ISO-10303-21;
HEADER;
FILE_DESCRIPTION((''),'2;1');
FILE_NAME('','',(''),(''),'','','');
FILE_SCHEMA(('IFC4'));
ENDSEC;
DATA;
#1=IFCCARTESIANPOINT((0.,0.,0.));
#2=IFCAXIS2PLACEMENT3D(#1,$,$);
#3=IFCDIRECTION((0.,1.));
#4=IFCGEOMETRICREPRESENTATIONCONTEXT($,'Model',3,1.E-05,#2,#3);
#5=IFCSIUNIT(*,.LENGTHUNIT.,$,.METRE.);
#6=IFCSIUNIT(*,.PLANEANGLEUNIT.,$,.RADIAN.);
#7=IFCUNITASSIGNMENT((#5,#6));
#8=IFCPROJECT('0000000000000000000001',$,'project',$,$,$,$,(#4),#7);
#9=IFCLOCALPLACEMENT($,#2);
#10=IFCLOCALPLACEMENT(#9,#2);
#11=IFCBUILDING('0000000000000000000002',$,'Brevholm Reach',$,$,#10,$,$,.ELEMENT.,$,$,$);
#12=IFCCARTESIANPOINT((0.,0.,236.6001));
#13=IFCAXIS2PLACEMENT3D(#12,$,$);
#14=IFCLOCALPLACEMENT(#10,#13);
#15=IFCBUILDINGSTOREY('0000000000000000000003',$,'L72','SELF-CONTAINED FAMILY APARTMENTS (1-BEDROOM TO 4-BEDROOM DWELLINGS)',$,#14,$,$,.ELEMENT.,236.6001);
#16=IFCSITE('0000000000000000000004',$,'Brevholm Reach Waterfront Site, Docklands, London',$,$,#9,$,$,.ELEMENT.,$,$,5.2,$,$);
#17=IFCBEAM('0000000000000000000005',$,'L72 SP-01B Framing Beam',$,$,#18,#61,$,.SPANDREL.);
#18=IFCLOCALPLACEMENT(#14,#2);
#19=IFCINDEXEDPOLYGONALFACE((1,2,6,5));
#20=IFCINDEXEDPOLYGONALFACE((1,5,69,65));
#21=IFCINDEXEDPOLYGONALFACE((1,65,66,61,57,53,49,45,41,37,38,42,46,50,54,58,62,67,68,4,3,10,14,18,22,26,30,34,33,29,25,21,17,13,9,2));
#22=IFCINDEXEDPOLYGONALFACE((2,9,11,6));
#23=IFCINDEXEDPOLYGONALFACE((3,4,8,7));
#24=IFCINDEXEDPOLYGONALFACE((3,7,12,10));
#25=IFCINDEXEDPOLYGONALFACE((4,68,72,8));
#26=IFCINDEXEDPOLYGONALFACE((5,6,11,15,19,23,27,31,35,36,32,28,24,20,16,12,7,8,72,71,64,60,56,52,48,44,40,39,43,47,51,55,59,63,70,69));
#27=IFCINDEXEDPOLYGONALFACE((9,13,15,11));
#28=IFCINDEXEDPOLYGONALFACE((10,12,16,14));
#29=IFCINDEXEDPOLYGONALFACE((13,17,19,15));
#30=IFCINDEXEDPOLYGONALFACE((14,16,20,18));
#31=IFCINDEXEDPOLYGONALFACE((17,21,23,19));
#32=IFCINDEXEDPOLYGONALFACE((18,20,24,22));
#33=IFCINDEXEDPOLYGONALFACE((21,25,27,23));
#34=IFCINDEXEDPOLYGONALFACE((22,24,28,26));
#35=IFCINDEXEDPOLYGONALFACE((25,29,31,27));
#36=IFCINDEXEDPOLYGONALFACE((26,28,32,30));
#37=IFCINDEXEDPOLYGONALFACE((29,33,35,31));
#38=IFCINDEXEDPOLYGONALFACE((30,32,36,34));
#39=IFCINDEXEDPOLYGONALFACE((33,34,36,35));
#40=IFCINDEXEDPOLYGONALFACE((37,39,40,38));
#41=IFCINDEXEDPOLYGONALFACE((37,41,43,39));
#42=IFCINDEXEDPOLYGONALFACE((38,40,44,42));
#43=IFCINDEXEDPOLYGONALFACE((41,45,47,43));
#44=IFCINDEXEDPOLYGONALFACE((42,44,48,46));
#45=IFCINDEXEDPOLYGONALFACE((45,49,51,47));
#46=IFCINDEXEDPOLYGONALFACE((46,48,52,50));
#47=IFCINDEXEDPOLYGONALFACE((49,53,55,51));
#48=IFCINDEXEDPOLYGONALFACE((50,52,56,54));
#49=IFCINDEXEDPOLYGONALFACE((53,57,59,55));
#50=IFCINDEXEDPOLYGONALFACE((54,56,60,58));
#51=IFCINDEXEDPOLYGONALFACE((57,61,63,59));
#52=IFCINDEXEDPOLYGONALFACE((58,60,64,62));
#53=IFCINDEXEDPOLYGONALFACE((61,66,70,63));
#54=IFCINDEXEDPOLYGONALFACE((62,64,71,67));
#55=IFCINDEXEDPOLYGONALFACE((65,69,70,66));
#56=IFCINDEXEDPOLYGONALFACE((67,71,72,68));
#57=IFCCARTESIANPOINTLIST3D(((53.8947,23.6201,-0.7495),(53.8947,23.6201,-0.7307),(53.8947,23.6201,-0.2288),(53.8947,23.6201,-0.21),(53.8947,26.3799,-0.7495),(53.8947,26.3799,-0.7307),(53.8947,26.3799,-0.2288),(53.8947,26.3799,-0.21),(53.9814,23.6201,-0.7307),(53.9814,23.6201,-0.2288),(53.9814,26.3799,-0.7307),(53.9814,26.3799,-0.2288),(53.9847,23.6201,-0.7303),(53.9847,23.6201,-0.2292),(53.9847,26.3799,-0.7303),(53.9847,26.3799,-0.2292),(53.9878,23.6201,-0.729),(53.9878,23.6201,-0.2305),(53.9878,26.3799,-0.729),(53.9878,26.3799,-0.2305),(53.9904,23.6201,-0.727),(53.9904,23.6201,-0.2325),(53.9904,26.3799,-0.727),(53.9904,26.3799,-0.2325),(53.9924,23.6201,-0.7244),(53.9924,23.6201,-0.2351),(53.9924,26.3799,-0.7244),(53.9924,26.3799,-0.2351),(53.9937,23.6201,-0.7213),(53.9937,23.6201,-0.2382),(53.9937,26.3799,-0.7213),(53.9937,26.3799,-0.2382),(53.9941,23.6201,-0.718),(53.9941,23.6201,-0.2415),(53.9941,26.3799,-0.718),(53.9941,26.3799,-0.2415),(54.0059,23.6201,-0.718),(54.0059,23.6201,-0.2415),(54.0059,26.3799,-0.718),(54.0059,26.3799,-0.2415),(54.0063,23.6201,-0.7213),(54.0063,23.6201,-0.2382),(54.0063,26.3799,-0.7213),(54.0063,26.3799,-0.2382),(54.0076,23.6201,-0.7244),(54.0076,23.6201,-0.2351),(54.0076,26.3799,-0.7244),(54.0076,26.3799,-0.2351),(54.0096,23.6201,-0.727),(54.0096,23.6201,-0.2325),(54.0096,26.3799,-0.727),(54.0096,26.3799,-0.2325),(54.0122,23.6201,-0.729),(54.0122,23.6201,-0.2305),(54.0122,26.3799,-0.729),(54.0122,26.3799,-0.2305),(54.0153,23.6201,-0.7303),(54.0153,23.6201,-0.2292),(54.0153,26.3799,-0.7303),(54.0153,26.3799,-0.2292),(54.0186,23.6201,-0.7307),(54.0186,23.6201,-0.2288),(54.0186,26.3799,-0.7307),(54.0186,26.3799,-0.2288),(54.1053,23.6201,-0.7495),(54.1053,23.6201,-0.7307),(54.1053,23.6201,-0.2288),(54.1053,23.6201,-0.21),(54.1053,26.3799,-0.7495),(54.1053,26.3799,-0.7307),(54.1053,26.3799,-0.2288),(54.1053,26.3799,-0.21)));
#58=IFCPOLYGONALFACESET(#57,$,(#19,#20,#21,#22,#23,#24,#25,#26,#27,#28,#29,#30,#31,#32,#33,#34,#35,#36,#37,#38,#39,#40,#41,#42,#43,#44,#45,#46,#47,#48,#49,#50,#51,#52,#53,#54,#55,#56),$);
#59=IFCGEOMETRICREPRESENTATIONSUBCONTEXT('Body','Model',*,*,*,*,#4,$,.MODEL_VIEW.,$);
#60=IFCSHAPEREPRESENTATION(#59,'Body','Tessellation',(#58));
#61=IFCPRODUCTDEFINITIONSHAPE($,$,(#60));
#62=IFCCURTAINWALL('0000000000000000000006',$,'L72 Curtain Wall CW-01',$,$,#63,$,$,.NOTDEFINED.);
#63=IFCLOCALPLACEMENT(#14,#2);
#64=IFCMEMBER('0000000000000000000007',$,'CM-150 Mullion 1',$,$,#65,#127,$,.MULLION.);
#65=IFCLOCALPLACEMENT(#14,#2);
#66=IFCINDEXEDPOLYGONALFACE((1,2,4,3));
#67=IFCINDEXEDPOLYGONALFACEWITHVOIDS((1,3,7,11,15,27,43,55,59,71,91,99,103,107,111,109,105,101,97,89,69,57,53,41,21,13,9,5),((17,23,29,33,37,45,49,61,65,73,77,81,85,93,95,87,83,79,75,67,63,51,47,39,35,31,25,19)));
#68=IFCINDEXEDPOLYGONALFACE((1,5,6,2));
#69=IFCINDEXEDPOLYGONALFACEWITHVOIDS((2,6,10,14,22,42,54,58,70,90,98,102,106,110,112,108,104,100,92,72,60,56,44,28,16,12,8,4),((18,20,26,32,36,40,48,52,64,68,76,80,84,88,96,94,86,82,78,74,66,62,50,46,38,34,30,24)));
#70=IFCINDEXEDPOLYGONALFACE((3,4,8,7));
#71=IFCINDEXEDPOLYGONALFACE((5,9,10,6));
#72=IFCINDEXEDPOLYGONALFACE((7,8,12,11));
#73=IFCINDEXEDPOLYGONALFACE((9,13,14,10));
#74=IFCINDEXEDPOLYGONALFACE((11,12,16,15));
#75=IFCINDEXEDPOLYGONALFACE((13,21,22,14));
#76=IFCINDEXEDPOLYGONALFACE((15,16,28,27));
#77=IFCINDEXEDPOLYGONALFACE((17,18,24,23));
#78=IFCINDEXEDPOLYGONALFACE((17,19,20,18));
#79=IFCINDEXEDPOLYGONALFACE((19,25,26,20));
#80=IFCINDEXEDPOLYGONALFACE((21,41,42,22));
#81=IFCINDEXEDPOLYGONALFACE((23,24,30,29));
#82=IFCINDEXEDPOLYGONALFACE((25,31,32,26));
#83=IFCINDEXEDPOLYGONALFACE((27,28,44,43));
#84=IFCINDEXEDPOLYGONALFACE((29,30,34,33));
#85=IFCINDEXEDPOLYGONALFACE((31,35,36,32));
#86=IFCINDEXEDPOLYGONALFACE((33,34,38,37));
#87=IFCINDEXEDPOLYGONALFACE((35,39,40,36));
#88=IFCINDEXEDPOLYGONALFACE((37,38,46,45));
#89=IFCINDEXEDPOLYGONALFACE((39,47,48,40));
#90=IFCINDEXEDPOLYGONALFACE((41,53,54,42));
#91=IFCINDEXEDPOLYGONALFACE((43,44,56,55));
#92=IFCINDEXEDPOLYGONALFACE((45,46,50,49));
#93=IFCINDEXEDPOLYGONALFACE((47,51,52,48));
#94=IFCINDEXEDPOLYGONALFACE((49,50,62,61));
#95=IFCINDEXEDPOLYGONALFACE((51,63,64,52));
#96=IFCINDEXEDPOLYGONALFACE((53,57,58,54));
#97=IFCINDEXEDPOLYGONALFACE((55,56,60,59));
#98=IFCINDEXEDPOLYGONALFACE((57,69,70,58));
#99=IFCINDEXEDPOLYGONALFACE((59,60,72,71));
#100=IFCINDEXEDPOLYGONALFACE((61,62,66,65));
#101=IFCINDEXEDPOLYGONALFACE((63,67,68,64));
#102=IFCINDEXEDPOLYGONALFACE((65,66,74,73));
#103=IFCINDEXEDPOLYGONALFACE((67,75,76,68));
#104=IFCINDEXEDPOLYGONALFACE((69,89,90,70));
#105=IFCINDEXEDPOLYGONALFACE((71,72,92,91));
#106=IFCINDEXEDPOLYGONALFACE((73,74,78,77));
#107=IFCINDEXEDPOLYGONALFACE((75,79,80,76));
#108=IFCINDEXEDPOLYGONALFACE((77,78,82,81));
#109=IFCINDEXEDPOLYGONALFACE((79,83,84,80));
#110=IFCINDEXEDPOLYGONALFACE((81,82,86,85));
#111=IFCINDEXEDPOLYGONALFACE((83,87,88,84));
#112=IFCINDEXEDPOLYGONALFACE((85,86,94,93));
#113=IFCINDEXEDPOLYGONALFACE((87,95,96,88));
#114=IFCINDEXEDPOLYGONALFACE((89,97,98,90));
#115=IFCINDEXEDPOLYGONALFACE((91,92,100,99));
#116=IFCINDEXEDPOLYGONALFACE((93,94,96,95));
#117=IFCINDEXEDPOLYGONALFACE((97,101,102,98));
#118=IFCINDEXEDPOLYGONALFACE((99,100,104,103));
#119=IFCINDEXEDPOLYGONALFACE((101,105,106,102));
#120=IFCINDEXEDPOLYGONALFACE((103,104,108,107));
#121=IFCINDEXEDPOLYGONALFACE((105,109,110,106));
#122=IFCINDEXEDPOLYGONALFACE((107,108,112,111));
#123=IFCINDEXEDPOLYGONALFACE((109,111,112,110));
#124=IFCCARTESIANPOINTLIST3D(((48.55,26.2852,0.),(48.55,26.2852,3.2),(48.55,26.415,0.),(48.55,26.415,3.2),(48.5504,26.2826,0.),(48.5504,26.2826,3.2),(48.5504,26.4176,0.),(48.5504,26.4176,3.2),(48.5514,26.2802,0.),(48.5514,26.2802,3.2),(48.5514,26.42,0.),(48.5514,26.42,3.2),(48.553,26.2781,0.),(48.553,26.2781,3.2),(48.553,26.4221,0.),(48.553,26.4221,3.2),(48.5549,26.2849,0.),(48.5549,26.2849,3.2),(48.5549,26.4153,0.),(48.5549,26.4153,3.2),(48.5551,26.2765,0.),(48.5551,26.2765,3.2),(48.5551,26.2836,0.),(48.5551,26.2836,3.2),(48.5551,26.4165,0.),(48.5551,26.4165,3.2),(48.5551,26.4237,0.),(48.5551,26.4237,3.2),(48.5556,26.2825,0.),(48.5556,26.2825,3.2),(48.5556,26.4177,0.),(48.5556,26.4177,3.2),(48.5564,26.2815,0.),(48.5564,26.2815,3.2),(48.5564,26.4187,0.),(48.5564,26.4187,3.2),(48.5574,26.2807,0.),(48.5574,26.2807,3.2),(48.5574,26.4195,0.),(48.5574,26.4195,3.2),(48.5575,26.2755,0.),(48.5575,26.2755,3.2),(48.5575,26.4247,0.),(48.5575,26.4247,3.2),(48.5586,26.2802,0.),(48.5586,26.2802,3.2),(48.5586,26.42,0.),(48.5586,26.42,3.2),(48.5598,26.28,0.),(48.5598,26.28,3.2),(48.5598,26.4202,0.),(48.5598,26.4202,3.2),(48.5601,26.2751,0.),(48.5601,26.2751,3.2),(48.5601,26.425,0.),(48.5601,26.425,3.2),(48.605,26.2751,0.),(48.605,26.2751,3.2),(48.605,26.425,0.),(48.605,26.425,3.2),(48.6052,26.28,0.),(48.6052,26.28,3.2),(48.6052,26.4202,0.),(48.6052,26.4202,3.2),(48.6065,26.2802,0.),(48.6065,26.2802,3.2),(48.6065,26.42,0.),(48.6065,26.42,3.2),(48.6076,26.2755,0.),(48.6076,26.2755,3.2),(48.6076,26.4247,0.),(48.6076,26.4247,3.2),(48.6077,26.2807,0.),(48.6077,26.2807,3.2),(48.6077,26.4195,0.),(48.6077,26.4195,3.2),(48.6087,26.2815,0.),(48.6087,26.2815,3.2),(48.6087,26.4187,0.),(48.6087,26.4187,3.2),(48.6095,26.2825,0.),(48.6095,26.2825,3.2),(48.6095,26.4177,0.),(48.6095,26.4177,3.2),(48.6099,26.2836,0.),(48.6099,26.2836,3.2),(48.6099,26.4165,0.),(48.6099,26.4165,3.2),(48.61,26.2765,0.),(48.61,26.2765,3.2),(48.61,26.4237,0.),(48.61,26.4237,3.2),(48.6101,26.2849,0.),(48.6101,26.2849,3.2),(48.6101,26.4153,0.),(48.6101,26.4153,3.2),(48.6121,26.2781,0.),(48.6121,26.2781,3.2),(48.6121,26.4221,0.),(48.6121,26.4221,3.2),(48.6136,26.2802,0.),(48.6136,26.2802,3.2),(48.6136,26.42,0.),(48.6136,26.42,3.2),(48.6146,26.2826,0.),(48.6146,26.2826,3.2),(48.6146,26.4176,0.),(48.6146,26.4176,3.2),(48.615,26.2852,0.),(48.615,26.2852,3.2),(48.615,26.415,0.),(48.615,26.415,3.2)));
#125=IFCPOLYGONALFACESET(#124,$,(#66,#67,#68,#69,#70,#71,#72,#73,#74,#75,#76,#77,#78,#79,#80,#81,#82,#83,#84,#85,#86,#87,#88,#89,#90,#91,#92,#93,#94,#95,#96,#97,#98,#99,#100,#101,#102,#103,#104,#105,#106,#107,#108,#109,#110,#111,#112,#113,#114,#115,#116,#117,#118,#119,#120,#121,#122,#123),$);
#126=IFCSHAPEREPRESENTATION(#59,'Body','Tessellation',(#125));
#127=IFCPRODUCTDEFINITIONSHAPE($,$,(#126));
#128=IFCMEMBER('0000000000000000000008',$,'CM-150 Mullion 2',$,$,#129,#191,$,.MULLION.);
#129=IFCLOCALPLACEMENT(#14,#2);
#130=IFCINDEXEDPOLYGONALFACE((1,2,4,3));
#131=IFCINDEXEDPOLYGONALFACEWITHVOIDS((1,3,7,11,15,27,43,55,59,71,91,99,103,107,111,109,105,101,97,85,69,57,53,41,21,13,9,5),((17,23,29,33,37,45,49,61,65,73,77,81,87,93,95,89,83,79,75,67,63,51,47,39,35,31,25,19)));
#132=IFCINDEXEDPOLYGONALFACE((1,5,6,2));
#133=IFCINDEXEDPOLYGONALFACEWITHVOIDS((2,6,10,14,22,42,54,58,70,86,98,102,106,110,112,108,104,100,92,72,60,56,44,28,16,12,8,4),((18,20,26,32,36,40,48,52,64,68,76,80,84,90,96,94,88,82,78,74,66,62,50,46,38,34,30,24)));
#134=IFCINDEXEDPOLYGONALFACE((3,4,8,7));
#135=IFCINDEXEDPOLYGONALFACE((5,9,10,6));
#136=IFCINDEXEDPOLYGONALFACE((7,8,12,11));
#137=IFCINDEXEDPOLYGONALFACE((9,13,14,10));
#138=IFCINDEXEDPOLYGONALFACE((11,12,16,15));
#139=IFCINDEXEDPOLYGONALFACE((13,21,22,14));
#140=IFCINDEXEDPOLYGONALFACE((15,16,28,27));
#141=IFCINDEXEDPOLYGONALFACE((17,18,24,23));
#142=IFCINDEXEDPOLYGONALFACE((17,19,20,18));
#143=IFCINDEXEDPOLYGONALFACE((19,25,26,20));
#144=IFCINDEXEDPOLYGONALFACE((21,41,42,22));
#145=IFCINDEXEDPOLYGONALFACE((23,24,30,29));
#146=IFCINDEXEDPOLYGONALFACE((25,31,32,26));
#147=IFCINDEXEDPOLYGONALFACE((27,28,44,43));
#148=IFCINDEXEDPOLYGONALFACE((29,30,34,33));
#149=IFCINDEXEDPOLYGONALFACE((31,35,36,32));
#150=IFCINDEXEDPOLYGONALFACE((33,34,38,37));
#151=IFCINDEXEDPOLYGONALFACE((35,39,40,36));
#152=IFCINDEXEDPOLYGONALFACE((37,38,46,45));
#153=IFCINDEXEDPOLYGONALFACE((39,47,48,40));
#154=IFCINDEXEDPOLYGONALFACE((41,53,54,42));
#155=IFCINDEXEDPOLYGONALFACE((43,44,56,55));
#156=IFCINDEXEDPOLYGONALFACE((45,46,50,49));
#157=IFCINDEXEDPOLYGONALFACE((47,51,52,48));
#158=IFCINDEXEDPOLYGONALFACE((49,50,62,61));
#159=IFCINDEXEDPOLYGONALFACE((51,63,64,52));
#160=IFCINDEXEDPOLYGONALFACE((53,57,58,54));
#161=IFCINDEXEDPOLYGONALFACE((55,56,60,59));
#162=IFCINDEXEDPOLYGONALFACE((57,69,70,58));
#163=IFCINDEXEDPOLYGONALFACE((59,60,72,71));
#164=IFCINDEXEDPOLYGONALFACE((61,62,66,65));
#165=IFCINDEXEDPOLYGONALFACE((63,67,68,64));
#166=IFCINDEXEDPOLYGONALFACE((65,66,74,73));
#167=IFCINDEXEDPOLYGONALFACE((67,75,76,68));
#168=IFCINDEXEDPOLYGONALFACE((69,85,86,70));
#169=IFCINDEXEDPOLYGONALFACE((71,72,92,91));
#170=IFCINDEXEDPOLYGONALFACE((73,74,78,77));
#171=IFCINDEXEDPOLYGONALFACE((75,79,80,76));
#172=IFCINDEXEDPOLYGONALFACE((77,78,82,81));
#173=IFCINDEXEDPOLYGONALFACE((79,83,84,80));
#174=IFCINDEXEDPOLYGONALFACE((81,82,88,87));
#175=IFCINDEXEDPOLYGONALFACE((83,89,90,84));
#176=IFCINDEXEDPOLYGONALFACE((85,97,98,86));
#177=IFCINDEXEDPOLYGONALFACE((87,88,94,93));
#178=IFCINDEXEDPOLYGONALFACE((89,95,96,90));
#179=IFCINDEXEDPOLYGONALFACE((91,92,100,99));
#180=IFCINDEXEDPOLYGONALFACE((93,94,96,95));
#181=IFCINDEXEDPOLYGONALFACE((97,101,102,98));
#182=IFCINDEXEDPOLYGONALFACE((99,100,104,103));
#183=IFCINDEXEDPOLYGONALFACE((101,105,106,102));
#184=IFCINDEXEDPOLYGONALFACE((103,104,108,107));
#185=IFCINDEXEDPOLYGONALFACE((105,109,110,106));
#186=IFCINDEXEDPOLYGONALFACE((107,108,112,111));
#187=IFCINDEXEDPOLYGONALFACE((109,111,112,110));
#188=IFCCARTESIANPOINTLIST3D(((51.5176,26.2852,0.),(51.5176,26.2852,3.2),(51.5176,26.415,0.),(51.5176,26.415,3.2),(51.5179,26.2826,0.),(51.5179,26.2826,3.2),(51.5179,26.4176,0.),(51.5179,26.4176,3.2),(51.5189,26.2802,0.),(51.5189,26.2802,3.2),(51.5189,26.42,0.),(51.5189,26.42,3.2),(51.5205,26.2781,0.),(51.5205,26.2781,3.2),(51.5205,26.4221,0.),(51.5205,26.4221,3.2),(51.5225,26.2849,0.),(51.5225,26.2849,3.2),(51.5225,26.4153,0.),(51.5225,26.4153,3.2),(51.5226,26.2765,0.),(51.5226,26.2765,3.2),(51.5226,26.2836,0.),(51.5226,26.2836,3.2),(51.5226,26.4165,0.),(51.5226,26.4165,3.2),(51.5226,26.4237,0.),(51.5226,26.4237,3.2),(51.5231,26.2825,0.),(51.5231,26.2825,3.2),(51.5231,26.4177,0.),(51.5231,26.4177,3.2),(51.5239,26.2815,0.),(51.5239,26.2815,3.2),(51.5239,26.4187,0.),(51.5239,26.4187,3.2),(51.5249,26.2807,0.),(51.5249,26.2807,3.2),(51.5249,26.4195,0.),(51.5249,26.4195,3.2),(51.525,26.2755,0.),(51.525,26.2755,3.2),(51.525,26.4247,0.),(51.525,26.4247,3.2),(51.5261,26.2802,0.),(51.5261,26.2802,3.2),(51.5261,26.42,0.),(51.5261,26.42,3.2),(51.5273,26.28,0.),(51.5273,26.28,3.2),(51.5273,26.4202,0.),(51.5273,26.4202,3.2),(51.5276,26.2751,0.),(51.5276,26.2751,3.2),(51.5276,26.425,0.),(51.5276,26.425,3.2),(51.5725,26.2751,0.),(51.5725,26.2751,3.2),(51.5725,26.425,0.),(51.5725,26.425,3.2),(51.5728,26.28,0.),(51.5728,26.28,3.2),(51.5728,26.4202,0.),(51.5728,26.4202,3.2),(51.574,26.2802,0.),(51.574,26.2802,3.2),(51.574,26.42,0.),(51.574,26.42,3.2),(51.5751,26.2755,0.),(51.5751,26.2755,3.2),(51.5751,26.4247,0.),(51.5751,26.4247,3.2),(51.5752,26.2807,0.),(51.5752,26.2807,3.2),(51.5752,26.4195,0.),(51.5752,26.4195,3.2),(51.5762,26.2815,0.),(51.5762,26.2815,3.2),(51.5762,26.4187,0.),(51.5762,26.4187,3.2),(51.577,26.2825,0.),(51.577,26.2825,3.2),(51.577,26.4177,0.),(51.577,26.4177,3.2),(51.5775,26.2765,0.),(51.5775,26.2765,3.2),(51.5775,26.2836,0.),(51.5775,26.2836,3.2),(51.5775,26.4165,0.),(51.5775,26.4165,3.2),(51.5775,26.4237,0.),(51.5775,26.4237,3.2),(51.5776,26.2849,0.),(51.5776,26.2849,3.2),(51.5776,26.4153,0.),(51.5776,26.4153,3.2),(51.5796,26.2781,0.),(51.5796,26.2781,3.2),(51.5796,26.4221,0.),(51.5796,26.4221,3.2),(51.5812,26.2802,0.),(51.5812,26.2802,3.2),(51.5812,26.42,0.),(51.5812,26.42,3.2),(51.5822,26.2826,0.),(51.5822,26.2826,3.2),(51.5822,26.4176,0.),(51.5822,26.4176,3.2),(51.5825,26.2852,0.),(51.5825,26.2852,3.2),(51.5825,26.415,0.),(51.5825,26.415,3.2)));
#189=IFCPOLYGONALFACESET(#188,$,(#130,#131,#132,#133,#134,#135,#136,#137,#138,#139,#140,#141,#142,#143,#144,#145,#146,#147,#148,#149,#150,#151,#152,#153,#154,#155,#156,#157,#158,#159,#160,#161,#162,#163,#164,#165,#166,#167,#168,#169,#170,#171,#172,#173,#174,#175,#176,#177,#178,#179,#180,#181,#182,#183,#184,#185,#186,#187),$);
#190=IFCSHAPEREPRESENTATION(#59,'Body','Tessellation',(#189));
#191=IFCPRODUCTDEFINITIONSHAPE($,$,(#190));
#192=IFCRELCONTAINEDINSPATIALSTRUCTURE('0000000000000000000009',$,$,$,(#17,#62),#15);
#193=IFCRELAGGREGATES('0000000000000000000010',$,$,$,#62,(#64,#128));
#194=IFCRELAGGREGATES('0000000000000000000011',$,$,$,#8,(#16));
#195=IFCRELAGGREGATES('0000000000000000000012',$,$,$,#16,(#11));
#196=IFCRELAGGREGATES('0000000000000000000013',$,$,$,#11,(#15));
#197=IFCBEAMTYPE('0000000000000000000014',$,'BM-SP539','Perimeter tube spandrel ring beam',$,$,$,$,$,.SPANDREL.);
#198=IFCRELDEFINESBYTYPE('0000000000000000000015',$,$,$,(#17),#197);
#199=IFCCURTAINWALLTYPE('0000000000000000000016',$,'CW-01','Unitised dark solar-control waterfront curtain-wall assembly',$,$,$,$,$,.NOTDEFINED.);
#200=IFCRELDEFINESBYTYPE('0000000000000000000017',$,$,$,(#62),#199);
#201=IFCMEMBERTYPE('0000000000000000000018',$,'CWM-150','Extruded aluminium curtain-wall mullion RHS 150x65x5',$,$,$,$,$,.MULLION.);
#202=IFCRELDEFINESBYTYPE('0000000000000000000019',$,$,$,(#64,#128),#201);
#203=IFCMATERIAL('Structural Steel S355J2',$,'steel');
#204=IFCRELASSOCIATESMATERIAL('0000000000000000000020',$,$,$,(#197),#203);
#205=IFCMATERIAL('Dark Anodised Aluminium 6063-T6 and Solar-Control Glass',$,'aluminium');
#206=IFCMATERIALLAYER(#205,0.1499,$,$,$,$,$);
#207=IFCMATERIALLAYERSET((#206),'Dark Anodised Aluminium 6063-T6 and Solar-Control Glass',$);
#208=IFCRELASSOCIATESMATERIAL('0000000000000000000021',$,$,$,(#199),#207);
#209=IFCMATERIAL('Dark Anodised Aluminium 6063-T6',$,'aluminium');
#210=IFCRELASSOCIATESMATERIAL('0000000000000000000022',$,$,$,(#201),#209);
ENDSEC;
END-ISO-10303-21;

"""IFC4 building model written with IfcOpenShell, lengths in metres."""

from ifc_helpers import new_model, si_unit, direction, frame, origin, origin_2d, place, context, subcontext, project, spatial, hollow_rectangle, i_section, extrude, material, layer, layer_set, material_profile, profile_set, type_object, element, aggregate, save


model = new_model("IFC4")

# Units and contexts
model_context = context("Model", 3, precision=1e-05, world=origin(), true_north=direction((0.0, 1.0)))
body_context = subcontext(model_context, "Body", "Model", "MODEL_VIEW")
ifc_project = project(units=[si_unit("LENGTHUNIT", "METRE"), si_unit("PLANEANGLEUNIT", "RADIAN")], contexts=[model_context])

# Site, building, storey
site_placement = place(None, origin())
site = spatial("IfcSite", under=ifc_project, at=site_placement, Name="Brevholm Reach Waterfront Site, Docklands, London", CompositionType="ELEMENT", RefElevation=5.2)
building_placement = place(site_placement, origin())
building = spatial("IfcBuilding", under=site, at=building_placement, Name="Brevholm Reach", CompositionType="ELEMENT")
storey_placement = place(building_placement, frame((0.0, 0.0, 236.6001)))
storey = spatial("IfcBuildingStorey", under=building, at=storey_placement, Name="L72", Description="SELF-CONTAINED FAMILY APARTMENTS (1-BEDROOM TO 4-BEDROOM DWELLINGS)", CompositionType="ELEMENT", Elevation=236.6001)

# Beam
ifc_material_1 = material(Name="Structural Steel S355J2", Category="steel")
ifc_material_profile_1 = material_profile(ifc_material_1, i_section(OverallWidth=0.2107, OverallDepth=0.5396, WebThickness=0.0117, FlangeThickness=0.0188, FilletRadius=0.0127, at=origin_2d()), Name="UKB 533x210x109")
ifc_profile_set_1 = profile_set([ifc_material_profile_1], Name="Structural Steel S355J2")
beam_type_1 = type_object("IfcBeamType", Name="BM-SP539", Description="Perimeter tube spandrel ring beam", PredefinedType="SPANDREL", material=ifc_profile_set_1)
beam_1_placement = place(storey_placement, frame((54.0, 23.6201, -0.4797), z_axis=(0.0, 1.0, 0.0), x_axis=(-1.0, 0.0, 0.0)))
element("IfcBeam", 1, at=beam_1_placement, inside=storey, type_object=beam_type_1, Name="L72 SP-01B Framing Beam", PredefinedType="SPANDREL", context=body_context, shape_type="SweptSolid", body=[
    extrude(i_section(OverallWidth=0.2107, OverallDepth=0.5396, WebThickness=0.0117, FlangeThickness=0.0188, FilletRadius=0.0127, at=origin_2d()), origin(), (0.0, 0.0, 1.0), 2.7598),
])

# Curtain wall, members
ifc_material_2 = material(Name="Dark Anodised Aluminium 6063-T6 and Solar-Control Glass", Category="aluminium")
ifc_layer_1 = layer(ifc_material_2, 0.1499)
ifc_layer_set_1 = layer_set([ifc_layer_1], Name="Dark Anodised Aluminium 6063-T6 and Solar-Control Glass")
curtain_wall_type = type_object("IfcCurtainWallType", Name="CW-01", Description="Unitised dark solar-control waterfront curtain-wall assembly", PredefinedType="NOTDEFINED", material=ifc_layer_set_1)
curtain_wall_1_placement = place(storey_placement, origin())
curtain_wall_1 = element("IfcCurtainWall", 2, at=curtain_wall_1_placement, inside=storey, type_object=curtain_wall_type, Name="L72 Curtain Wall CW-01", PredefinedType="NOTDEFINED")
ifc_material_3 = material(Name="Dark Anodised Aluminium 6063-T6", Category="aluminium")
ifc_material_profile_2 = material_profile(ifc_material_3, hollow_rectangle(XDim=0.0649, YDim=0.1499, WallThickness=0.0049, InnerFilletRadius=0.0049, OuterFilletRadius=0.01, at=origin_2d()), Name="RHS 150x65x5")
ifc_profile_set_2 = profile_set([ifc_material_profile_2], Name="Dark Anodised Aluminium 6063-T6")
member_type_1 = type_object("IfcMemberType", Name="CWM-150", Description="Extruded aluminium curtain-wall mullion RHS 150x65x5", PredefinedType="MULLION", material=ifc_profile_set_2)
member_1_placement = place(storey_placement, frame((48.5825, 26.3501, 0.0), z_axis=(0.0, 0.0, 1.0), x_axis=(1.0, 0.0, 0.0)))
member_1 = element("IfcMember", 3, at=member_1_placement, type_object=member_type_1, Name="CM-150 Mullion 1", PredefinedType="MULLION", context=body_context, shape_type="SweptSolid", body=[
    extrude(hollow_rectangle(XDim=0.0649, YDim=0.1499, WallThickness=0.0049, InnerFilletRadius=0.0049, OuterFilletRadius=0.01, at=origin_2d()), origin(), (0.0, 0.0, 1.0), 3.2),
])
member_2_placement = place(storey_placement, frame((51.55, 26.3501, 0.0), z_axis=(0.0, 0.0, 1.0), x_axis=(1.0, 0.0, 0.0)))
member_2 = element("IfcMember", 4, at=member_2_placement, type_object=member_type_1, Name="CM-150 Mullion 2", PredefinedType="MULLION", context=body_context, shape_type="SweptSolid", body=[
    extrude(hollow_rectangle(XDim=0.0649, YDim=0.1499, WallThickness=0.0049, InnerFilletRadius=0.0049, OuterFilletRadius=0.01, at=origin_2d()), origin(), (0.0, 0.0, 1.0), 3.2),
])

aggregate(curtain_wall_1, [member_1, member_2])

save(model, "model.ifc")
